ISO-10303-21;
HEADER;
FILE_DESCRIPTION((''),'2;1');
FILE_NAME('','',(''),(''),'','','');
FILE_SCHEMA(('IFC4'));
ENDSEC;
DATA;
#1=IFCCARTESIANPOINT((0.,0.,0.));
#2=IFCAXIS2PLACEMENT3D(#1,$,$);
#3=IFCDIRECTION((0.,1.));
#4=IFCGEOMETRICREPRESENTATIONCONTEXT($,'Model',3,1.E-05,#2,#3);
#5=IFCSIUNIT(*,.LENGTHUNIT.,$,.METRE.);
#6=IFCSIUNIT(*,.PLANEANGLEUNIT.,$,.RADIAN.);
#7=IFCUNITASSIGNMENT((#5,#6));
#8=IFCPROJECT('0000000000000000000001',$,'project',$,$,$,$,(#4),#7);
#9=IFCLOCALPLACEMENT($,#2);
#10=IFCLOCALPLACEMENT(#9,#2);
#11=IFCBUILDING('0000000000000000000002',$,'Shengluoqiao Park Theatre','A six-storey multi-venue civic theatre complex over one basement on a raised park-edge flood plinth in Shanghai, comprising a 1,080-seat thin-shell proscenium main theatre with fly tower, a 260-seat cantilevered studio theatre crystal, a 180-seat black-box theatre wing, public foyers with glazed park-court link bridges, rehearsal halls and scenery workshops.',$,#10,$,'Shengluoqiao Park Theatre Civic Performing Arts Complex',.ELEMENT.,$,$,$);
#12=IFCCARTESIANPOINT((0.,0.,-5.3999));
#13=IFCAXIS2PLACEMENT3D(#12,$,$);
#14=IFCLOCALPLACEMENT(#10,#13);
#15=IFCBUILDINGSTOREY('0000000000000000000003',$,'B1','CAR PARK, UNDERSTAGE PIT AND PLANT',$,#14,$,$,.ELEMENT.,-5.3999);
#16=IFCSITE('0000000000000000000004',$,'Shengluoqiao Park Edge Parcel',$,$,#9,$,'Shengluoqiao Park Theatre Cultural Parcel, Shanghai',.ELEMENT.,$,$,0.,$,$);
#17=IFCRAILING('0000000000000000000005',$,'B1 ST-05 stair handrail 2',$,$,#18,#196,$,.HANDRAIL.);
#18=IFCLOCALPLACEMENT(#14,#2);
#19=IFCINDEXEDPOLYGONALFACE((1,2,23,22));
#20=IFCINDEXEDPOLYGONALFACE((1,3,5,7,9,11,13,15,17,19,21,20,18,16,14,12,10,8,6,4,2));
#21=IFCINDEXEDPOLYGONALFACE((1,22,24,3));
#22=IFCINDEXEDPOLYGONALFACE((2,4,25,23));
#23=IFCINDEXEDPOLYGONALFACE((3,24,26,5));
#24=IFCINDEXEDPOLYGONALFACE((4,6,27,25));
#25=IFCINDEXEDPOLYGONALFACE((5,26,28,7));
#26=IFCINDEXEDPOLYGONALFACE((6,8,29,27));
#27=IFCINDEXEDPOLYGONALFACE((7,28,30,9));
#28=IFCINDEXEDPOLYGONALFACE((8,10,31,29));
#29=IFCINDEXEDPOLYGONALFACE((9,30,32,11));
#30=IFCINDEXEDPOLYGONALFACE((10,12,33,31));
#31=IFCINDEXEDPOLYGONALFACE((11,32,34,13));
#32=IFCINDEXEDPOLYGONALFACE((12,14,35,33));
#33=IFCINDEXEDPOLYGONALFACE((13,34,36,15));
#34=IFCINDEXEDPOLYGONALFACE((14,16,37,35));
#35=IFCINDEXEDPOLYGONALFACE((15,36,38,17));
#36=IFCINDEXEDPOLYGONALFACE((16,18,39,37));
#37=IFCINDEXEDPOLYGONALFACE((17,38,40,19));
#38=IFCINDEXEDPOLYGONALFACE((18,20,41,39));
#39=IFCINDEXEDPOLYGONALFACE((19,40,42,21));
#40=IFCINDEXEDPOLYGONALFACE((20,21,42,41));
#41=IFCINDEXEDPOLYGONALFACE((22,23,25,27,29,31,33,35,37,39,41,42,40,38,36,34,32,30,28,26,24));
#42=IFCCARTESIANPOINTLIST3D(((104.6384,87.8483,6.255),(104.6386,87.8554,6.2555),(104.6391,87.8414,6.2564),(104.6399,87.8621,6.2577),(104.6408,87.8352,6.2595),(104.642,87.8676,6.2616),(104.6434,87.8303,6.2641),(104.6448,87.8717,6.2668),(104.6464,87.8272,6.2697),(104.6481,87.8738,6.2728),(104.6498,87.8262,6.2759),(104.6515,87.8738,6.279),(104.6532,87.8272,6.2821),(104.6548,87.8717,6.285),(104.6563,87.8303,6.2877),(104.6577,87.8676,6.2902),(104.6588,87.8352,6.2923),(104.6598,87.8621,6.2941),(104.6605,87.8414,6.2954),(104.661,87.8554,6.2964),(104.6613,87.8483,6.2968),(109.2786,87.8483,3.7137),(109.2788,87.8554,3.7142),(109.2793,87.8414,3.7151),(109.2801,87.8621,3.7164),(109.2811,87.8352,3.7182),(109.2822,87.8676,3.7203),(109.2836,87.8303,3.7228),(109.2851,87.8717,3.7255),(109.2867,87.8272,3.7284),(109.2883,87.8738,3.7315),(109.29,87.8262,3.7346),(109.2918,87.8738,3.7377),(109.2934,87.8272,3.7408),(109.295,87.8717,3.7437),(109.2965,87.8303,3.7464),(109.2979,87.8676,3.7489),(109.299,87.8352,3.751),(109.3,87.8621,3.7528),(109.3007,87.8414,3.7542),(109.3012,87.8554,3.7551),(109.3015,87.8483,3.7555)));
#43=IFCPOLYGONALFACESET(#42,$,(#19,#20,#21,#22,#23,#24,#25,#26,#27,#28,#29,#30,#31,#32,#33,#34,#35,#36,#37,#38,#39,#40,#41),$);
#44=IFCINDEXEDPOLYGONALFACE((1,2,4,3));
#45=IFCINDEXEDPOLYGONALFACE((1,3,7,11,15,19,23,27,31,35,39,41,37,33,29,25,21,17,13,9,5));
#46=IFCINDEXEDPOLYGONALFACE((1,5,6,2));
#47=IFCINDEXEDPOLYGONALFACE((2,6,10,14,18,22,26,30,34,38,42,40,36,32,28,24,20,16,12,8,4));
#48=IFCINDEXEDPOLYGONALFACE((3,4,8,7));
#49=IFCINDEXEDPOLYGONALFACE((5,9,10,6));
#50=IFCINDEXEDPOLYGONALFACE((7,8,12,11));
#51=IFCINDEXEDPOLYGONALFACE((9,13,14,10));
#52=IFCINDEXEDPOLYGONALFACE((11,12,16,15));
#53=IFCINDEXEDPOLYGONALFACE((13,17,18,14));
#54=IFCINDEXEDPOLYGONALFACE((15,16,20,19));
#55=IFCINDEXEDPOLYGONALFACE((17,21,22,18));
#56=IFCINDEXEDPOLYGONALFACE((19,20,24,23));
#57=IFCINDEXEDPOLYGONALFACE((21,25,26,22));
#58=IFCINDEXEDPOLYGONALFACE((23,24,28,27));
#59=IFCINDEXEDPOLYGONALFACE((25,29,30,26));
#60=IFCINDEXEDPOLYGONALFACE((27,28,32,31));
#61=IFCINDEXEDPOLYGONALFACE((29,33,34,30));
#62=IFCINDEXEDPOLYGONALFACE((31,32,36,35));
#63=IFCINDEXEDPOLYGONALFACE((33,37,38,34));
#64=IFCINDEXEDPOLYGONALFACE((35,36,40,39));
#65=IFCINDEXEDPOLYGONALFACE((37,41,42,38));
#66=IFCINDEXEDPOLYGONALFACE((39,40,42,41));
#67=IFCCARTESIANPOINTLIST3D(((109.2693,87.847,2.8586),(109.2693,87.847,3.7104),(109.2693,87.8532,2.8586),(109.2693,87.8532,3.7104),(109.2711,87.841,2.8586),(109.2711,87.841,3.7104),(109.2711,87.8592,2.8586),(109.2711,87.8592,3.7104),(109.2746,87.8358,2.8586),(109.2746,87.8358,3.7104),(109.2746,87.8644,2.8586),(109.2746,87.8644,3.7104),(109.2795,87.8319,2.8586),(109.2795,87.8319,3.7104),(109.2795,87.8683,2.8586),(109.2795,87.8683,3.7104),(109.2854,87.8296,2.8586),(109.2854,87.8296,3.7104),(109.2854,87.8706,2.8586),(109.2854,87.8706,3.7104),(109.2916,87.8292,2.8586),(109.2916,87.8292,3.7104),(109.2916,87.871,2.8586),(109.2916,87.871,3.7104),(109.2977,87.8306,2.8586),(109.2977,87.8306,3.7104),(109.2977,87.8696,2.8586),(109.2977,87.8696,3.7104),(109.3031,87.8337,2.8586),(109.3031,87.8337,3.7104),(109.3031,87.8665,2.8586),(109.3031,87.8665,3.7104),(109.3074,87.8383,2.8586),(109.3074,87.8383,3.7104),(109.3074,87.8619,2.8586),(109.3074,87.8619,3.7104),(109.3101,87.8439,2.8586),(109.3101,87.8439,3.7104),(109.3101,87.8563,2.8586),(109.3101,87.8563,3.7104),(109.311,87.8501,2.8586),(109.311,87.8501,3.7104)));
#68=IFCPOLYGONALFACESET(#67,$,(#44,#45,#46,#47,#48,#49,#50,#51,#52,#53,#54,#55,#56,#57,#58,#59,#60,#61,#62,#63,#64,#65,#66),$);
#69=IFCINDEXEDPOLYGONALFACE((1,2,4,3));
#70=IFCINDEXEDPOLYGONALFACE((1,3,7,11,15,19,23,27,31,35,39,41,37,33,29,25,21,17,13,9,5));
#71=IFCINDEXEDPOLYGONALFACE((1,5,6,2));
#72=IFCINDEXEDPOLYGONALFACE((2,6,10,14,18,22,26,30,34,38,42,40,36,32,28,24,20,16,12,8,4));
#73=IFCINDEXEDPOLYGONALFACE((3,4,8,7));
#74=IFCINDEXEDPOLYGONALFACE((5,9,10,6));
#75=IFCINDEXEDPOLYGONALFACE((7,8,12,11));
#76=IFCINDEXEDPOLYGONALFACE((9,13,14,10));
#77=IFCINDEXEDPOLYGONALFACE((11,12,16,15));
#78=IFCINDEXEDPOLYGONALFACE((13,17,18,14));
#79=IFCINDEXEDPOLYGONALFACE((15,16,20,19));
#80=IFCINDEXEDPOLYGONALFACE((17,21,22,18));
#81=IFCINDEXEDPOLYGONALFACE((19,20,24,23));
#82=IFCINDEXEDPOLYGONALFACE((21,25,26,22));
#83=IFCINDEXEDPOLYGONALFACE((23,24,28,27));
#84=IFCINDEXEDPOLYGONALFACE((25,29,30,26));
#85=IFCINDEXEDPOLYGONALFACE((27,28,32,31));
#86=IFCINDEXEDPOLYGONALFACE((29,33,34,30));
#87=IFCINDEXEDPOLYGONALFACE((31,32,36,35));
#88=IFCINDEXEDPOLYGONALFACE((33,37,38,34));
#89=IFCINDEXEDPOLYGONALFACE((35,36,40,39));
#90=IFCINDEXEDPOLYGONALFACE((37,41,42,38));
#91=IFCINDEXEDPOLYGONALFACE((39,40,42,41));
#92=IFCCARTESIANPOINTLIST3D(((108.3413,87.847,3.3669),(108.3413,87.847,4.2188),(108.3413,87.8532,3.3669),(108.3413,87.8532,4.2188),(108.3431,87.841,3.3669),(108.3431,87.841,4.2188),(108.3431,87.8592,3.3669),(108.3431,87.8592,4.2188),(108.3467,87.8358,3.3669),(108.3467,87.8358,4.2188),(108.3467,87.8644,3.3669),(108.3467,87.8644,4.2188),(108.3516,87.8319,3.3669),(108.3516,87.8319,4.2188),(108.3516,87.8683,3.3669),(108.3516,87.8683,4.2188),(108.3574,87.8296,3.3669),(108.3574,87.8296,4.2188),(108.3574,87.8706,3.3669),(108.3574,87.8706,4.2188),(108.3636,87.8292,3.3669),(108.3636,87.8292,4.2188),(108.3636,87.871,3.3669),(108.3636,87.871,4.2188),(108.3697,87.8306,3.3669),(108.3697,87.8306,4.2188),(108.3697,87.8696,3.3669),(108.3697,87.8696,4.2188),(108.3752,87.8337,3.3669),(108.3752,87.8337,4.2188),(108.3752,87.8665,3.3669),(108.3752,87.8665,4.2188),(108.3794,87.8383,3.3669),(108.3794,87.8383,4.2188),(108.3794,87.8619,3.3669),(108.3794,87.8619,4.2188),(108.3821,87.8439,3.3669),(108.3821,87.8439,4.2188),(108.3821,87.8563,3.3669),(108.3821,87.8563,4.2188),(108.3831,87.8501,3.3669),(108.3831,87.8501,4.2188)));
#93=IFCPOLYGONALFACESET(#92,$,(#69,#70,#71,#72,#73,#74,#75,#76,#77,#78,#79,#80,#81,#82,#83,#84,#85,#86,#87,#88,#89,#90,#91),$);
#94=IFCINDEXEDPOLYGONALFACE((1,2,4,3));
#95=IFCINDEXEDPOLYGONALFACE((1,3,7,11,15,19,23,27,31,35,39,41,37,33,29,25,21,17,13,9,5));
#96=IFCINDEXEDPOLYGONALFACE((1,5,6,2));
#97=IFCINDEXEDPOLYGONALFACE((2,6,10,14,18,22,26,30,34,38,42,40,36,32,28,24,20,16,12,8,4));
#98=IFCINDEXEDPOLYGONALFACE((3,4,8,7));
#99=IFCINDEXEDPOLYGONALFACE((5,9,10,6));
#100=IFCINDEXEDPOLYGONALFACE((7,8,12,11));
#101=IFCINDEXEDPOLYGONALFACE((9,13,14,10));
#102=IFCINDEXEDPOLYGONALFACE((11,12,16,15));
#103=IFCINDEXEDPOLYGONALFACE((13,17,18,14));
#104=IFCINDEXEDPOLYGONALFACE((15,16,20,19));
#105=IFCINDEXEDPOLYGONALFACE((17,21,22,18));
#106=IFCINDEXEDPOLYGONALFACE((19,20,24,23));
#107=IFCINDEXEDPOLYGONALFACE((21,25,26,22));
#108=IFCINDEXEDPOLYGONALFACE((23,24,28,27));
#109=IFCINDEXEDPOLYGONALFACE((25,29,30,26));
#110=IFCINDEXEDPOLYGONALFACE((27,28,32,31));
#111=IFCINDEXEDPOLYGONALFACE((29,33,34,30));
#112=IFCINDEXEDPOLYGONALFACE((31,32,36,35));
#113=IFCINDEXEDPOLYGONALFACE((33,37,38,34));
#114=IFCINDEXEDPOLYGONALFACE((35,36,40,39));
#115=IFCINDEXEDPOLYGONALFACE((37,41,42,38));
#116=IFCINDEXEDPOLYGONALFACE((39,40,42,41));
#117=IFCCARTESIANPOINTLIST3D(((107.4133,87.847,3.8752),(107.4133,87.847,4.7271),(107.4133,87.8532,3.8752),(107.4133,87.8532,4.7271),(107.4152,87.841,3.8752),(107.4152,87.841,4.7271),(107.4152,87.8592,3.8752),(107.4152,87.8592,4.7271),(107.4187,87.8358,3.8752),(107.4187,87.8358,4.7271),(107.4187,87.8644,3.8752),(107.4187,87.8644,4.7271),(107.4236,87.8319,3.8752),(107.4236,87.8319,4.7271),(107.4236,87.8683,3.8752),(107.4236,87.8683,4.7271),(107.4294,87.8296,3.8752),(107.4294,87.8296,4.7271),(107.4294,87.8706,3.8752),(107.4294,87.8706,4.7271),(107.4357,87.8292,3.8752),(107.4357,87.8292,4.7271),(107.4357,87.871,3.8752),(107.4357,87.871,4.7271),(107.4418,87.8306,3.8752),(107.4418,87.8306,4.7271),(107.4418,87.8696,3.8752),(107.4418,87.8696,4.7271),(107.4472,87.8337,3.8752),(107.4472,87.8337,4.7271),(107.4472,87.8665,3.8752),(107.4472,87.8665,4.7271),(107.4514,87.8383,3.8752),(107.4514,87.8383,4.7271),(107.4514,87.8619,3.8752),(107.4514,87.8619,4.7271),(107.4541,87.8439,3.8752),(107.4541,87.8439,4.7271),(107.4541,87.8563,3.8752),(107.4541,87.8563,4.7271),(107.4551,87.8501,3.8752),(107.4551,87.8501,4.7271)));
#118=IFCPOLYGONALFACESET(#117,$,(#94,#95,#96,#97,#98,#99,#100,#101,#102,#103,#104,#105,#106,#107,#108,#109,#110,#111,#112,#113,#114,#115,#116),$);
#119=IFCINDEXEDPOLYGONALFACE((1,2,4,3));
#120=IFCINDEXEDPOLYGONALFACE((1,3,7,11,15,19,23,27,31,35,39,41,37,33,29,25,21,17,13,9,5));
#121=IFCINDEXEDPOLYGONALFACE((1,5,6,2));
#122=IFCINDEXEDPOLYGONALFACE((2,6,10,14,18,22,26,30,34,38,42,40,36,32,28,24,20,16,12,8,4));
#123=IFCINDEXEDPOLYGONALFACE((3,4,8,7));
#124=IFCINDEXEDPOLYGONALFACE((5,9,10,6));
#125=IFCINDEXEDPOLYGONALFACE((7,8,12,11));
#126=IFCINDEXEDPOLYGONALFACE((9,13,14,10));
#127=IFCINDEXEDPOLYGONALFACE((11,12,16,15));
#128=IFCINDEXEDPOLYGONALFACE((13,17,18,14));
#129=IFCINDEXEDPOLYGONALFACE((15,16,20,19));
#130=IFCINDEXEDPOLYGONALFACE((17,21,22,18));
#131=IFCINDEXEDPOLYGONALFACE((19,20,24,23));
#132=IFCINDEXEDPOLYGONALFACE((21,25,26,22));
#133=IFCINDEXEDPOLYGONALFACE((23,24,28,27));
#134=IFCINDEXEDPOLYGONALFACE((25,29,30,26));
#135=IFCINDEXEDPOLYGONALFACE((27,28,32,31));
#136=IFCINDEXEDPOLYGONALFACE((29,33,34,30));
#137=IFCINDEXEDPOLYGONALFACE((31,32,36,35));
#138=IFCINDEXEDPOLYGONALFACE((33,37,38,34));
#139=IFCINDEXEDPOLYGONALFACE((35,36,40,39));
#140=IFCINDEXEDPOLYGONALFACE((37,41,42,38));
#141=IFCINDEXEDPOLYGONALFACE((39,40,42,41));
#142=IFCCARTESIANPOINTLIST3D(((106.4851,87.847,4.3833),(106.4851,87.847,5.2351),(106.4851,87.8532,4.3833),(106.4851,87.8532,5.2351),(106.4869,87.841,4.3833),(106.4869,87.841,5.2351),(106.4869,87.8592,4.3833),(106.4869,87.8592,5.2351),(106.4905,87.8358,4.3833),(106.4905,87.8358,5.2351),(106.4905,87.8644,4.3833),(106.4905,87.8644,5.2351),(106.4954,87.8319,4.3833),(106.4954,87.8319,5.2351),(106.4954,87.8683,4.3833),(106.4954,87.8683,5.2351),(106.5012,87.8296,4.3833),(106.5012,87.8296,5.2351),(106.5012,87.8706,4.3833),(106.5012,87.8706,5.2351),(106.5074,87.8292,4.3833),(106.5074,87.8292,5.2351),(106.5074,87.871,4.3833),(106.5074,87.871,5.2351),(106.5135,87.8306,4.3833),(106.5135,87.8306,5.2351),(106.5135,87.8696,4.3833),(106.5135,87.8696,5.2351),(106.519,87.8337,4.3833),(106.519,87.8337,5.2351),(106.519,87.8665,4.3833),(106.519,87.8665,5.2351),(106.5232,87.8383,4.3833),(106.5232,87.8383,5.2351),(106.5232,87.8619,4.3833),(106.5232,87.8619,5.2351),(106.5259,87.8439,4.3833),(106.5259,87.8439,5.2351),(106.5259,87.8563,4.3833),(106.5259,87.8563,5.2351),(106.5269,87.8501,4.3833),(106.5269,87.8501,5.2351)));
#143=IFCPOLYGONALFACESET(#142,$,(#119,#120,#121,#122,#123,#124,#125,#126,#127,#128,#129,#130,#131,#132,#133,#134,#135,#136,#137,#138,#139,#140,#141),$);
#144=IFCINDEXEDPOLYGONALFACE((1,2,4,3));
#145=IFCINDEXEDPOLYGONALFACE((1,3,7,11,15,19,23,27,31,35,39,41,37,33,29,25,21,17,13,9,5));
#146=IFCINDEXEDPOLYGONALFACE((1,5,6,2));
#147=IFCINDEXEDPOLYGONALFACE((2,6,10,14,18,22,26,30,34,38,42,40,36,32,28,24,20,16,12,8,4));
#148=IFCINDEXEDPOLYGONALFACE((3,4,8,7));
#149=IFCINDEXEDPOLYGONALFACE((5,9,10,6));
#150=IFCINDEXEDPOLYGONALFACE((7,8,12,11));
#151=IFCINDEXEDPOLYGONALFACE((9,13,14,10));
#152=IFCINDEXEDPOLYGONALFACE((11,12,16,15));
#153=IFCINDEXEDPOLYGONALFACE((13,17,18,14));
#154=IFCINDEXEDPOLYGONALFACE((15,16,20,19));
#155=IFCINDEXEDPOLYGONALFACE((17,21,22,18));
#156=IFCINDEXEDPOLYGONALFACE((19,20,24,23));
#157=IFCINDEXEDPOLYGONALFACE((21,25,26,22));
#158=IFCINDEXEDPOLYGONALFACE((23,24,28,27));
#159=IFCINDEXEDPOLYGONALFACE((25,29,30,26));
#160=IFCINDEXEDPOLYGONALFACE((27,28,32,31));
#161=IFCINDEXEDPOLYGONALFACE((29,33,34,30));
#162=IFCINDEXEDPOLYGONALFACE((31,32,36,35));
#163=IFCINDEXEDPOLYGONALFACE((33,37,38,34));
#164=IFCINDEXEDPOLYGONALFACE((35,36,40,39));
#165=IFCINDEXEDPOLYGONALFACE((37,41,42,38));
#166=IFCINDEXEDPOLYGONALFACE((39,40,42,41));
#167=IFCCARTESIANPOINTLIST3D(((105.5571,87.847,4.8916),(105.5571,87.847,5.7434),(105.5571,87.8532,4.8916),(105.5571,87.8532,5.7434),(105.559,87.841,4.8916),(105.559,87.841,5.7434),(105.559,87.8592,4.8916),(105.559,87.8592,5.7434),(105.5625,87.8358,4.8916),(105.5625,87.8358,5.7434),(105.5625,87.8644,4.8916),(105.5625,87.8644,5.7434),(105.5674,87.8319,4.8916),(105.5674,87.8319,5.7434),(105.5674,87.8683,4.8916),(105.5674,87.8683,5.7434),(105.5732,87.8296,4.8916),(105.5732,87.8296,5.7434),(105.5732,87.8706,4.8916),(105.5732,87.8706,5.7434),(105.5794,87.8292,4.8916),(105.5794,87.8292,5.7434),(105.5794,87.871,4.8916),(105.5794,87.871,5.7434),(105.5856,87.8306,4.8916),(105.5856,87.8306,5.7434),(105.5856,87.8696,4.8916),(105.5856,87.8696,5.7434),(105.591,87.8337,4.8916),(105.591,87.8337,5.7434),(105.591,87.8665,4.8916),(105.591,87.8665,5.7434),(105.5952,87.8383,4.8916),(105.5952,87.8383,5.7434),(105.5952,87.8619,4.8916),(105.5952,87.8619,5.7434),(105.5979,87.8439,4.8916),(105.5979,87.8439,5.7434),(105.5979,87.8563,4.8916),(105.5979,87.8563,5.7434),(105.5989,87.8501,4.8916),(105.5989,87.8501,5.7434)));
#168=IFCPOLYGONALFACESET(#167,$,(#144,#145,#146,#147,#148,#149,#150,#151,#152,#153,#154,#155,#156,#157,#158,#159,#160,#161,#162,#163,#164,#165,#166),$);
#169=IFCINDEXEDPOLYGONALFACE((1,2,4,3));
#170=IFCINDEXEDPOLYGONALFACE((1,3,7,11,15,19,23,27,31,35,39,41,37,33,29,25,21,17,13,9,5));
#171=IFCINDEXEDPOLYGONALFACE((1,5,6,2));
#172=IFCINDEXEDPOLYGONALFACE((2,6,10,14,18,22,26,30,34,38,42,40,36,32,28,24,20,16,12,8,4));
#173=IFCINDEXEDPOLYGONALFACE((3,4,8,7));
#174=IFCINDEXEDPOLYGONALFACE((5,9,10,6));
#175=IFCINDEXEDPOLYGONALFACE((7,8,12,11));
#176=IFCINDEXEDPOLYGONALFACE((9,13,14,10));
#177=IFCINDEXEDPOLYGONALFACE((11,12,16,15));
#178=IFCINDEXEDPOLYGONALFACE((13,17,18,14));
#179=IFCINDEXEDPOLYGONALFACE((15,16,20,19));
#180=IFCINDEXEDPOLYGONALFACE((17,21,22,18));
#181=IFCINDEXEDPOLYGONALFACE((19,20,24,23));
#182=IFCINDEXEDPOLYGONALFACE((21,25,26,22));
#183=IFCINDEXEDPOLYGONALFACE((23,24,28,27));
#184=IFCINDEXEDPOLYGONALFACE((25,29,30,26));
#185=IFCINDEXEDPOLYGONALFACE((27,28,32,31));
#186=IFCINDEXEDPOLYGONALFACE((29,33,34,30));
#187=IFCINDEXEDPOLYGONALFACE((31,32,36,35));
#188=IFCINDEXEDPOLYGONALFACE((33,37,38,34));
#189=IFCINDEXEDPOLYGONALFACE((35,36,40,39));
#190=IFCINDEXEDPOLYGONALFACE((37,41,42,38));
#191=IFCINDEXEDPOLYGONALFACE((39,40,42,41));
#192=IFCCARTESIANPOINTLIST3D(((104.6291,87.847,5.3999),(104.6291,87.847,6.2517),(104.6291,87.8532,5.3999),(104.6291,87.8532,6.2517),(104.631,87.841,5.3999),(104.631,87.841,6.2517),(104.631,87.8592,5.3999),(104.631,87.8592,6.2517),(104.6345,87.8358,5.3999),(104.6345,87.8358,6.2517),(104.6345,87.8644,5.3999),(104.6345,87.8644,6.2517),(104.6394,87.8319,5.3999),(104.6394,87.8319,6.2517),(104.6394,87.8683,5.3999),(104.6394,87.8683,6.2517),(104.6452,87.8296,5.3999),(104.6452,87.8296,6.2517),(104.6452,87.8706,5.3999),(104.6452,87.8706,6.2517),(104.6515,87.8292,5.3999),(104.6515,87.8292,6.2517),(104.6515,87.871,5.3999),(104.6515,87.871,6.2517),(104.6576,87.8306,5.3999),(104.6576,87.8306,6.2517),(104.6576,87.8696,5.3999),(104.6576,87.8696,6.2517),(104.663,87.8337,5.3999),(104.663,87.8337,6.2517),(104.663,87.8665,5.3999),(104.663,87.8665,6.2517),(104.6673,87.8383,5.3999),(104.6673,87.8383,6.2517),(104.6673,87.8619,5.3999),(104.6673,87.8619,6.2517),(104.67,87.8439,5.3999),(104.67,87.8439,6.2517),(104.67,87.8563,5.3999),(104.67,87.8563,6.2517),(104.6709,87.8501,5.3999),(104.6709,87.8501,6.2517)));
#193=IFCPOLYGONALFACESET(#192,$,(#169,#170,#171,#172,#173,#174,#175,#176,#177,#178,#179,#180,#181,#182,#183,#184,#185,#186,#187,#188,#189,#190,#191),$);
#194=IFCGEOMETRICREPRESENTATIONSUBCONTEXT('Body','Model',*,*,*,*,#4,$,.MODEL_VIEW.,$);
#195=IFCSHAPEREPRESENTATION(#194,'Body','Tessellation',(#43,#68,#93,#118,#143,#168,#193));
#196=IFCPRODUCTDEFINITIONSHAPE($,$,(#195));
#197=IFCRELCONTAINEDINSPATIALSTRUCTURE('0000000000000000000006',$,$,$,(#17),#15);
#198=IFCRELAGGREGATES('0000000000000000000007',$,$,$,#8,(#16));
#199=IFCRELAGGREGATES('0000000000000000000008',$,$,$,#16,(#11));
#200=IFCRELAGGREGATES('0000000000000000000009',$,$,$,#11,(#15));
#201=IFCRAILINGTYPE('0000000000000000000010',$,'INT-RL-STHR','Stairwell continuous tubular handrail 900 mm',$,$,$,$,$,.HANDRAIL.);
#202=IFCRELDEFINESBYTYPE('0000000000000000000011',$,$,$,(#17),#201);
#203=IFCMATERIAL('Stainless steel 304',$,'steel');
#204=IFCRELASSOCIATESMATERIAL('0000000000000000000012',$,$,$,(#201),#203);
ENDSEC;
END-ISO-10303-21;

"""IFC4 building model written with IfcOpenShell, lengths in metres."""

from ifc_helpers import new_model, si_unit, direction, frame, origin, origin_2d, place, context, subcontext, project, spatial, circle, extrude, material, type_object, element, save


model = new_model("IFC4")

# Units and contexts
model_context = context("Model", 3, precision=1e-05, world=origin(), true_north=direction((0.0, 1.0)))
body_context = subcontext(model_context, "Body", "Model", "MODEL_VIEW")
ifc_project = project(units=[si_unit("LENGTHUNIT", "METRE"), si_unit("PLANEANGLEUNIT", "RADIAN")], contexts=[model_context])

# Site, building, storey
site_placement = place(None, origin())
site = spatial("IfcSite", under=ifc_project, at=site_placement, Name="Shengluoqiao Park Edge Parcel", LongName="Shengluoqiao Park Theatre Cultural Parcel, Shanghai", CompositionType="ELEMENT", RefElevation=0.0)
building_placement = place(site_placement, origin())
building = spatial("IfcBuilding", under=site, at=building_placement, Name="Shengluoqiao Park Theatre", Description="A six-storey multi-venue civic theatre complex over one basement on a raised park-edge flood plinth in Shanghai, comprising a 1,080-seat thin-shell proscenium main theatre with fly tower, a 260-seat cantilevered studio theatre crystal, a 180-seat black-box theatre wing, public foyers with glazed park-court link bridges, rehearsal halls and scenery workshops.", LongName="Shengluoqiao Park Theatre Civic Performing Arts Complex", CompositionType="ELEMENT")
storey_placement = place(building_placement, frame((0.0, 0.0, -5.3999)))
storey = spatial("IfcBuildingStorey", under=building, at=storey_placement, Name="B1", Description="CAR PARK, UNDERSTAGE PIT AND PLANT", CompositionType="ELEMENT", Elevation=-5.3999)

# Railing
ifc_material_1 = material(Name="Stainless steel 304", Category="steel")
railing_type_1 = type_object("IfcRailingType", Name="INT-RL-STHR", Description="Stairwell continuous tubular handrail 900 mm", PredefinedType="HANDRAIL", material=ifc_material_1)
railing_1_placement = place(storey_placement, frame((109.29, 87.8501, 2.8586)))
element("IfcRailing", 1, at=railing_1_placement, inside=storey, type_object=railing_type_1, Name="B1 ST-05 stair handrail 2", PredefinedType="HANDRAIL", context=body_context, shape_type="SweptSolid", body=[
    extrude(circle(Radius=0.0239, at=origin_2d()), frame((0.0, 0.0, 0.876), z_axis=(-0.877078, 0.0, 0.480348), x_axis=(0.0, -1.0, 0.0)), (0.0, 0.0, 1.0), 5.2905),
    extrude(circle(Radius=0.021, at=origin_2d()), origin(), (0.0, 0.0, 1.0), 0.8518),
    extrude(circle(Radius=0.021, at=origin_2d()), frame((-0.928, 0.0, 0.5083)), (0.0, 0.0, 1.0), 0.8518),
    extrude(circle(Radius=0.021, at=origin_2d()), frame((-1.856, 0.0, 1.0166)), (0.0, 0.0, 1.0), 0.8518),
    extrude(circle(Radius=0.021, at=origin_2d()), frame((-2.7842, 0.0, 1.5247)), (0.0, 0.0, 1.0), 0.8518),
    extrude(circle(Radius=0.021, at=origin_2d()), frame((-3.7122, 0.0, 2.033)), (0.0, 0.0, 1.0), 0.8518),
    extrude(circle(Radius=0.021, at=origin_2d()), frame((-4.6401, 0.0, 2.5413)), (0.0, 0.0, 1.0), 0.8518),
])

save(model, "model.ifc")
